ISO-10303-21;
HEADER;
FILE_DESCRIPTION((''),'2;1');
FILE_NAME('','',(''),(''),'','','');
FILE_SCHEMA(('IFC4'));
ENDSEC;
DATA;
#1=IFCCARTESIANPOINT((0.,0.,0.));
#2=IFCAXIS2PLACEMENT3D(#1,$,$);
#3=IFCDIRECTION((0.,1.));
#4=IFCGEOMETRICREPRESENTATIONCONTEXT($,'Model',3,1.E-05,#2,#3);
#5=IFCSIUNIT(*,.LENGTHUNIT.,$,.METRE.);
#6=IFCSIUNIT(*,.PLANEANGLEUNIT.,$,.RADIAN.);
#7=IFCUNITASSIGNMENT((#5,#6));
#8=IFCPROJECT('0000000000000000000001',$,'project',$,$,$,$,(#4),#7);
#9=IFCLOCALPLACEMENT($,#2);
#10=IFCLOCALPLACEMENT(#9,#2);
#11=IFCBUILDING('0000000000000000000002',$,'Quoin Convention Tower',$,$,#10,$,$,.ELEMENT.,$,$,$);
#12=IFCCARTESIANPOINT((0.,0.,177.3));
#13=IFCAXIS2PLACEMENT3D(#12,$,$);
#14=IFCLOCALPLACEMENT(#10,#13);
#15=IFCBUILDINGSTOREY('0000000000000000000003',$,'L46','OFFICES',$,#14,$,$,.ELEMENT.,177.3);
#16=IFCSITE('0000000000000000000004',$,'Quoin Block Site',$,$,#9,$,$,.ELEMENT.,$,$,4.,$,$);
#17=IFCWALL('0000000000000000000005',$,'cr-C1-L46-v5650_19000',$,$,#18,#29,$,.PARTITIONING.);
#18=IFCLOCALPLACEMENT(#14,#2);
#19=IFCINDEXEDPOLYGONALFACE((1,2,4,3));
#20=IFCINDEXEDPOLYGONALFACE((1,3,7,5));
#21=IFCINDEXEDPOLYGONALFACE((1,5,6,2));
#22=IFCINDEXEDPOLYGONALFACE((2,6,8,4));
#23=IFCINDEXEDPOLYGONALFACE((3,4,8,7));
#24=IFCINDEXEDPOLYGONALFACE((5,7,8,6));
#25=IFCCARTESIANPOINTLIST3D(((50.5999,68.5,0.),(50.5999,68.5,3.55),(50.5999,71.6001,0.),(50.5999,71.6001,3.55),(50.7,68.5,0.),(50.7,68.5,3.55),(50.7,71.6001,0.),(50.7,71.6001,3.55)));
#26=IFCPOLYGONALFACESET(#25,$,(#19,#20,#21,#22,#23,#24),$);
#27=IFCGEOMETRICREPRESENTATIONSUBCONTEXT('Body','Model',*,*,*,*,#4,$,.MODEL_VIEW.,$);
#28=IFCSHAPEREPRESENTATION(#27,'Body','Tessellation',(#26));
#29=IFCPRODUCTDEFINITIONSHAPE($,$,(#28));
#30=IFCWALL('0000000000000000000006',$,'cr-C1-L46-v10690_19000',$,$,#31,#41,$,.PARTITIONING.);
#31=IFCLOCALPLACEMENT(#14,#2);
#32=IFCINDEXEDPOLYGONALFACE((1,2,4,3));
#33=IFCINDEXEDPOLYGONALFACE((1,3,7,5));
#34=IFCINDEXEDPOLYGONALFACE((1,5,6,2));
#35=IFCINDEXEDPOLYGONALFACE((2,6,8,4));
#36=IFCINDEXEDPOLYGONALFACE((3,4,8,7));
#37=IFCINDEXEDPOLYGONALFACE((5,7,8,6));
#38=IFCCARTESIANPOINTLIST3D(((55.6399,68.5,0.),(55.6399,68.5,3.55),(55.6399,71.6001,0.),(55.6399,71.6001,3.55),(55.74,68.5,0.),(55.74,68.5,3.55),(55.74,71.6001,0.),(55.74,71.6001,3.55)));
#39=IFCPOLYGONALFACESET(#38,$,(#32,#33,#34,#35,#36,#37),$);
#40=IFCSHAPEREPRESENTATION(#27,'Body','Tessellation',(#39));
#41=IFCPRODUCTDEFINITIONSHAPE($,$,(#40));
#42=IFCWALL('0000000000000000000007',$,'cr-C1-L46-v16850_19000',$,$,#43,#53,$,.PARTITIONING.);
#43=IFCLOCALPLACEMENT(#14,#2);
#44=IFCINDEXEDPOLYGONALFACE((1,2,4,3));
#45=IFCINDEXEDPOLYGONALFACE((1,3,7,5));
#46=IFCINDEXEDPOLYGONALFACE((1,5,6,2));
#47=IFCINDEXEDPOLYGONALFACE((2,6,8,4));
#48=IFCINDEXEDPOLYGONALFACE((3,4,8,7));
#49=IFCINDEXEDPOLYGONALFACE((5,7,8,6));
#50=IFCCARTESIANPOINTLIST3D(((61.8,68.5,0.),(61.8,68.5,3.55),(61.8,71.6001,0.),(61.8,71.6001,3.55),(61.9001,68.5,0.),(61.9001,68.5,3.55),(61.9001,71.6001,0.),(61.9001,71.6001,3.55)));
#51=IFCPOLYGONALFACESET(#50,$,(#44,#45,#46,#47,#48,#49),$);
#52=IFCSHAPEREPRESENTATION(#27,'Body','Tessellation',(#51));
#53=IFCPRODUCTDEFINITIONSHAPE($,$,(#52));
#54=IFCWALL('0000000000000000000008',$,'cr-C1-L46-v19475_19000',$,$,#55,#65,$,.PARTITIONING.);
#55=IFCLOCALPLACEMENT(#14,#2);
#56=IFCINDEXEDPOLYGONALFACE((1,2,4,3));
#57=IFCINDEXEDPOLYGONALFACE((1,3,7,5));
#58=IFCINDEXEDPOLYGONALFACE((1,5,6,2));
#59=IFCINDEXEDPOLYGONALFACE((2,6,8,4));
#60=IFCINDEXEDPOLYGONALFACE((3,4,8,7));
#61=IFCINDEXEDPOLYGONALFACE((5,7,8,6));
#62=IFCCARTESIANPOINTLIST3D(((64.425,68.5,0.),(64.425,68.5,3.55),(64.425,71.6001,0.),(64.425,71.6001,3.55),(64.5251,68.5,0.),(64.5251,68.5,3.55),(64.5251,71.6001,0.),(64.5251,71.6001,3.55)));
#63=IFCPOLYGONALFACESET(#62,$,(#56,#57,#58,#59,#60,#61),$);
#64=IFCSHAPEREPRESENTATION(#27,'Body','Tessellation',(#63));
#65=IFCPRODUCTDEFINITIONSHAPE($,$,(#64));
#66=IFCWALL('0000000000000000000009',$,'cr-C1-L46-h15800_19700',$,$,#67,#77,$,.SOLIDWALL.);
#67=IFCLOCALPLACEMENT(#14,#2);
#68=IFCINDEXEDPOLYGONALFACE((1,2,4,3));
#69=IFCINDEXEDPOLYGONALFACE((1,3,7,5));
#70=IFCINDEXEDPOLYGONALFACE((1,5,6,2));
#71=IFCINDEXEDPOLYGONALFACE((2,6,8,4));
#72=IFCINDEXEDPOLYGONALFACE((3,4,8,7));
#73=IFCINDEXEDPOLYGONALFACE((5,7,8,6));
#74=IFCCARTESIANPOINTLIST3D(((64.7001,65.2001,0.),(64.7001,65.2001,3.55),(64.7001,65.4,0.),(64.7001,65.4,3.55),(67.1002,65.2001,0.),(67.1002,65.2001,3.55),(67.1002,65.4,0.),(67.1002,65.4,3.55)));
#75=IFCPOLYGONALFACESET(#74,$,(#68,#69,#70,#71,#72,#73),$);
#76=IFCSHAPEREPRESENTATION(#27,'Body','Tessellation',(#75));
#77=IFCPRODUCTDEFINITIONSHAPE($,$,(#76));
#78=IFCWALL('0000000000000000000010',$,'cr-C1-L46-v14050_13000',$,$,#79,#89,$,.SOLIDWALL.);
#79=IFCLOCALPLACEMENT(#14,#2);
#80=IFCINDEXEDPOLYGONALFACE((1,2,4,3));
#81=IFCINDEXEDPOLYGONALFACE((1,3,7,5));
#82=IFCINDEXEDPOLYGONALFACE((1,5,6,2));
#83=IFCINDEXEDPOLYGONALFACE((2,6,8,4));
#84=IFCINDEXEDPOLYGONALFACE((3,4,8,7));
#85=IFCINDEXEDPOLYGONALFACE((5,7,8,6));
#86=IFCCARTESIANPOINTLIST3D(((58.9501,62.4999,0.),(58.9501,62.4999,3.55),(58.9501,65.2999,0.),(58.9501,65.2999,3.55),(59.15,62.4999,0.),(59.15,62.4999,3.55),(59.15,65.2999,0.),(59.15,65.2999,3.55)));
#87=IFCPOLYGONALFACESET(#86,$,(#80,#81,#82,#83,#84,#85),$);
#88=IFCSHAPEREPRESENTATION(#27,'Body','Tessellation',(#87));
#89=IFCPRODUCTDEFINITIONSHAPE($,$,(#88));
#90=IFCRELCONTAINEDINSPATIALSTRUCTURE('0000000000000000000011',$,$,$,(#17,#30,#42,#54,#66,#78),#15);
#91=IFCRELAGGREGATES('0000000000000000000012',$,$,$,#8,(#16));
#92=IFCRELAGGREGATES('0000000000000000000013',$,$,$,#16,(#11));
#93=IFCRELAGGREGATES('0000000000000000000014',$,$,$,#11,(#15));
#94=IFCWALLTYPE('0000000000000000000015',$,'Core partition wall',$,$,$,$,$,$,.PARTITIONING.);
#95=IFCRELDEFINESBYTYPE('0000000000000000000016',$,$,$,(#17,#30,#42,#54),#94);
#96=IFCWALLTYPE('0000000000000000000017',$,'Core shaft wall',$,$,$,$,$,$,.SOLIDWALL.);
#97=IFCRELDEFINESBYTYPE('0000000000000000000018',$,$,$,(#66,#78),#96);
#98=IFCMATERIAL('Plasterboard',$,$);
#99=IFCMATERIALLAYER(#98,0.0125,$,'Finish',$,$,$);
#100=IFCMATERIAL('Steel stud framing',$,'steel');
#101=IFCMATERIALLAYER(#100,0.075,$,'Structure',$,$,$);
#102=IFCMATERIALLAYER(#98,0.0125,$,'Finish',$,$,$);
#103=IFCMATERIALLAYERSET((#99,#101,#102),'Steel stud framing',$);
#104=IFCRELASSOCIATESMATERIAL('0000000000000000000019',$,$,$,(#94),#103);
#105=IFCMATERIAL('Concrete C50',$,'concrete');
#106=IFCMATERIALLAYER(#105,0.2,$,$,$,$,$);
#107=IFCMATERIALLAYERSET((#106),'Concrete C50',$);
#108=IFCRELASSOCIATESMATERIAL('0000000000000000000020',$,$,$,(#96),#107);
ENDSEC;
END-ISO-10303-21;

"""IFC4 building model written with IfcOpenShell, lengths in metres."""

from ifc_helpers import new_model, si_unit, direction, frame, frame_2d, origin, place, context, subcontext, project, spatial, rectangle, extrude, material, layer, layer_set, type_object, element, save


model = new_model("IFC4")

# Units and contexts
model_context = context("Model", 3, precision=1e-05, world=origin(), true_north=direction((0.0, 1.0)))
body_context = subcontext(model_context, "Body", "Model", "MODEL_VIEW")
ifc_project = project(units=[si_unit("LENGTHUNIT", "METRE"), si_unit("PLANEANGLEUNIT", "RADIAN")], contexts=[model_context])

# Site, building, storey
site_placement = place(None, origin())
site = spatial("IfcSite", under=ifc_project, at=site_placement, Name="Quoin Block Site", CompositionType="ELEMENT", RefElevation=4.0)
building_placement = place(site_placement, origin())
building = spatial("IfcBuilding", under=site, at=building_placement, Name="Quoin Convention Tower", CompositionType="ELEMENT")
storey_placement = place(building_placement, frame((0.0, 0.0, 177.3)))
storey = spatial("IfcBuildingStorey", under=building, at=storey_placement, Name="L46", Description="OFFICES", CompositionType="ELEMENT", Elevation=177.3)

# Shared definitions
ifc_material_1 = material(Name="Concrete C50", Category="concrete")

# Shared definitions
ifc_material_2 = material(Name="Plasterboard")
ifc_material_3 = material(Name="Steel stud framing", Category="steel")

# Walls
ifc_layer_1 = layer(ifc_material_2, 0.0125, Name="Finish")
ifc_layer_2 = layer(ifc_material_3, 0.075, Name="Structure")
ifc_layer_3 = layer(ifc_material_2, 0.0125, Name="Finish")
ifc_layer_set_1 = layer_set([ifc_layer_1, ifc_layer_2, ifc_layer_3], Name="Steel stud framing")
wall_type_1 = type_object("IfcWallType", Name="Core partition wall", PredefinedType="PARTITIONING", material=ifc_layer_set_1)
for number, where, z_axis, x_axis, name in (
    (1, (50.6499, 68.5, 0.0), (0.0, 0.0, 1.0), (0.0, 1.0, 0.0), "cr-C1-L46-v5650_19000"),
    (2, (55.6899, 68.5, 0.0), (0.0, 0.0, 1.0), (0.0, 1.0, 0.0), "cr-C1-L46-v10690_19000"),
    (3, (61.8501, 68.5, 0.0), (0.0, 0.0, 1.0), (0.0, 1.0, 0.0), "cr-C1-L46-v16850_19000"),
    (4, (64.4751, 68.5, 0.0), (0.0, 0.0, 1.0), (0.0, 1.0, 0.0), "cr-C1-L46-v19475_19000"),
):
    element("IfcWall", number, at=place(storey_placement, frame(where, z_axis=z_axis, x_axis=x_axis)), inside=storey, type_object=wall_type_1, Name=name, PredefinedType="PARTITIONING", context=body_context, shape_type="SweptSolid", body=[
        extrude(rectangle(XDim=3.1001, YDim=0.1001, at=frame_2d((1.55, 0.0))), origin(), (0.0, 0.0, 1.0), 3.55),
    ])
ifc_layer_4 = layer(ifc_material_1, 0.2)
ifc_layer_set_2 = layer_set([ifc_layer_4], Name="Concrete C50")
wall_type_2 = type_object("IfcWallType", Name="Core shaft wall", PredefinedType="SOLIDWALL", material=ifc_layer_set_2)
wall_1_placement = place(storey_placement, frame((64.7, 65.3, 0.0), z_axis=(0.0, 0.0, 1.0), x_axis=(1.0, 0.0, 0.0)))
element("IfcWall", 5, at=wall_1_placement, inside=storey, type_object=wall_type_2, Name="cr-C1-L46-h15800_19700", PredefinedType="SOLIDWALL", context=body_context, shape_type="SweptSolid", body=[
    extrude(rectangle(XDim=2.4001, YDim=0.2, at=frame_2d((1.2002, 0.0))), origin(), (0.0, 0.0, 1.0), 3.55),
])
wall_2_placement = place(storey_placement, frame((59.05, 62.5, 0.0), z_axis=(0.0, 0.0, 1.0), x_axis=(0.0, 1.0, 0.0)))
element("IfcWall", 6, at=wall_2_placement, inside=storey, type_object=wall_type_2, Name="cr-C1-L46-v14050_13000", PredefinedType="SOLIDWALL", context=body_context, shape_type="SweptSolid", body=[
    extrude(rectangle(XDim=2.8, YDim=0.2, at=frame_2d((1.3999, 0.0))), origin(), (0.0, 0.0, 1.0), 3.55),
])

save(model, "model.ifc")
